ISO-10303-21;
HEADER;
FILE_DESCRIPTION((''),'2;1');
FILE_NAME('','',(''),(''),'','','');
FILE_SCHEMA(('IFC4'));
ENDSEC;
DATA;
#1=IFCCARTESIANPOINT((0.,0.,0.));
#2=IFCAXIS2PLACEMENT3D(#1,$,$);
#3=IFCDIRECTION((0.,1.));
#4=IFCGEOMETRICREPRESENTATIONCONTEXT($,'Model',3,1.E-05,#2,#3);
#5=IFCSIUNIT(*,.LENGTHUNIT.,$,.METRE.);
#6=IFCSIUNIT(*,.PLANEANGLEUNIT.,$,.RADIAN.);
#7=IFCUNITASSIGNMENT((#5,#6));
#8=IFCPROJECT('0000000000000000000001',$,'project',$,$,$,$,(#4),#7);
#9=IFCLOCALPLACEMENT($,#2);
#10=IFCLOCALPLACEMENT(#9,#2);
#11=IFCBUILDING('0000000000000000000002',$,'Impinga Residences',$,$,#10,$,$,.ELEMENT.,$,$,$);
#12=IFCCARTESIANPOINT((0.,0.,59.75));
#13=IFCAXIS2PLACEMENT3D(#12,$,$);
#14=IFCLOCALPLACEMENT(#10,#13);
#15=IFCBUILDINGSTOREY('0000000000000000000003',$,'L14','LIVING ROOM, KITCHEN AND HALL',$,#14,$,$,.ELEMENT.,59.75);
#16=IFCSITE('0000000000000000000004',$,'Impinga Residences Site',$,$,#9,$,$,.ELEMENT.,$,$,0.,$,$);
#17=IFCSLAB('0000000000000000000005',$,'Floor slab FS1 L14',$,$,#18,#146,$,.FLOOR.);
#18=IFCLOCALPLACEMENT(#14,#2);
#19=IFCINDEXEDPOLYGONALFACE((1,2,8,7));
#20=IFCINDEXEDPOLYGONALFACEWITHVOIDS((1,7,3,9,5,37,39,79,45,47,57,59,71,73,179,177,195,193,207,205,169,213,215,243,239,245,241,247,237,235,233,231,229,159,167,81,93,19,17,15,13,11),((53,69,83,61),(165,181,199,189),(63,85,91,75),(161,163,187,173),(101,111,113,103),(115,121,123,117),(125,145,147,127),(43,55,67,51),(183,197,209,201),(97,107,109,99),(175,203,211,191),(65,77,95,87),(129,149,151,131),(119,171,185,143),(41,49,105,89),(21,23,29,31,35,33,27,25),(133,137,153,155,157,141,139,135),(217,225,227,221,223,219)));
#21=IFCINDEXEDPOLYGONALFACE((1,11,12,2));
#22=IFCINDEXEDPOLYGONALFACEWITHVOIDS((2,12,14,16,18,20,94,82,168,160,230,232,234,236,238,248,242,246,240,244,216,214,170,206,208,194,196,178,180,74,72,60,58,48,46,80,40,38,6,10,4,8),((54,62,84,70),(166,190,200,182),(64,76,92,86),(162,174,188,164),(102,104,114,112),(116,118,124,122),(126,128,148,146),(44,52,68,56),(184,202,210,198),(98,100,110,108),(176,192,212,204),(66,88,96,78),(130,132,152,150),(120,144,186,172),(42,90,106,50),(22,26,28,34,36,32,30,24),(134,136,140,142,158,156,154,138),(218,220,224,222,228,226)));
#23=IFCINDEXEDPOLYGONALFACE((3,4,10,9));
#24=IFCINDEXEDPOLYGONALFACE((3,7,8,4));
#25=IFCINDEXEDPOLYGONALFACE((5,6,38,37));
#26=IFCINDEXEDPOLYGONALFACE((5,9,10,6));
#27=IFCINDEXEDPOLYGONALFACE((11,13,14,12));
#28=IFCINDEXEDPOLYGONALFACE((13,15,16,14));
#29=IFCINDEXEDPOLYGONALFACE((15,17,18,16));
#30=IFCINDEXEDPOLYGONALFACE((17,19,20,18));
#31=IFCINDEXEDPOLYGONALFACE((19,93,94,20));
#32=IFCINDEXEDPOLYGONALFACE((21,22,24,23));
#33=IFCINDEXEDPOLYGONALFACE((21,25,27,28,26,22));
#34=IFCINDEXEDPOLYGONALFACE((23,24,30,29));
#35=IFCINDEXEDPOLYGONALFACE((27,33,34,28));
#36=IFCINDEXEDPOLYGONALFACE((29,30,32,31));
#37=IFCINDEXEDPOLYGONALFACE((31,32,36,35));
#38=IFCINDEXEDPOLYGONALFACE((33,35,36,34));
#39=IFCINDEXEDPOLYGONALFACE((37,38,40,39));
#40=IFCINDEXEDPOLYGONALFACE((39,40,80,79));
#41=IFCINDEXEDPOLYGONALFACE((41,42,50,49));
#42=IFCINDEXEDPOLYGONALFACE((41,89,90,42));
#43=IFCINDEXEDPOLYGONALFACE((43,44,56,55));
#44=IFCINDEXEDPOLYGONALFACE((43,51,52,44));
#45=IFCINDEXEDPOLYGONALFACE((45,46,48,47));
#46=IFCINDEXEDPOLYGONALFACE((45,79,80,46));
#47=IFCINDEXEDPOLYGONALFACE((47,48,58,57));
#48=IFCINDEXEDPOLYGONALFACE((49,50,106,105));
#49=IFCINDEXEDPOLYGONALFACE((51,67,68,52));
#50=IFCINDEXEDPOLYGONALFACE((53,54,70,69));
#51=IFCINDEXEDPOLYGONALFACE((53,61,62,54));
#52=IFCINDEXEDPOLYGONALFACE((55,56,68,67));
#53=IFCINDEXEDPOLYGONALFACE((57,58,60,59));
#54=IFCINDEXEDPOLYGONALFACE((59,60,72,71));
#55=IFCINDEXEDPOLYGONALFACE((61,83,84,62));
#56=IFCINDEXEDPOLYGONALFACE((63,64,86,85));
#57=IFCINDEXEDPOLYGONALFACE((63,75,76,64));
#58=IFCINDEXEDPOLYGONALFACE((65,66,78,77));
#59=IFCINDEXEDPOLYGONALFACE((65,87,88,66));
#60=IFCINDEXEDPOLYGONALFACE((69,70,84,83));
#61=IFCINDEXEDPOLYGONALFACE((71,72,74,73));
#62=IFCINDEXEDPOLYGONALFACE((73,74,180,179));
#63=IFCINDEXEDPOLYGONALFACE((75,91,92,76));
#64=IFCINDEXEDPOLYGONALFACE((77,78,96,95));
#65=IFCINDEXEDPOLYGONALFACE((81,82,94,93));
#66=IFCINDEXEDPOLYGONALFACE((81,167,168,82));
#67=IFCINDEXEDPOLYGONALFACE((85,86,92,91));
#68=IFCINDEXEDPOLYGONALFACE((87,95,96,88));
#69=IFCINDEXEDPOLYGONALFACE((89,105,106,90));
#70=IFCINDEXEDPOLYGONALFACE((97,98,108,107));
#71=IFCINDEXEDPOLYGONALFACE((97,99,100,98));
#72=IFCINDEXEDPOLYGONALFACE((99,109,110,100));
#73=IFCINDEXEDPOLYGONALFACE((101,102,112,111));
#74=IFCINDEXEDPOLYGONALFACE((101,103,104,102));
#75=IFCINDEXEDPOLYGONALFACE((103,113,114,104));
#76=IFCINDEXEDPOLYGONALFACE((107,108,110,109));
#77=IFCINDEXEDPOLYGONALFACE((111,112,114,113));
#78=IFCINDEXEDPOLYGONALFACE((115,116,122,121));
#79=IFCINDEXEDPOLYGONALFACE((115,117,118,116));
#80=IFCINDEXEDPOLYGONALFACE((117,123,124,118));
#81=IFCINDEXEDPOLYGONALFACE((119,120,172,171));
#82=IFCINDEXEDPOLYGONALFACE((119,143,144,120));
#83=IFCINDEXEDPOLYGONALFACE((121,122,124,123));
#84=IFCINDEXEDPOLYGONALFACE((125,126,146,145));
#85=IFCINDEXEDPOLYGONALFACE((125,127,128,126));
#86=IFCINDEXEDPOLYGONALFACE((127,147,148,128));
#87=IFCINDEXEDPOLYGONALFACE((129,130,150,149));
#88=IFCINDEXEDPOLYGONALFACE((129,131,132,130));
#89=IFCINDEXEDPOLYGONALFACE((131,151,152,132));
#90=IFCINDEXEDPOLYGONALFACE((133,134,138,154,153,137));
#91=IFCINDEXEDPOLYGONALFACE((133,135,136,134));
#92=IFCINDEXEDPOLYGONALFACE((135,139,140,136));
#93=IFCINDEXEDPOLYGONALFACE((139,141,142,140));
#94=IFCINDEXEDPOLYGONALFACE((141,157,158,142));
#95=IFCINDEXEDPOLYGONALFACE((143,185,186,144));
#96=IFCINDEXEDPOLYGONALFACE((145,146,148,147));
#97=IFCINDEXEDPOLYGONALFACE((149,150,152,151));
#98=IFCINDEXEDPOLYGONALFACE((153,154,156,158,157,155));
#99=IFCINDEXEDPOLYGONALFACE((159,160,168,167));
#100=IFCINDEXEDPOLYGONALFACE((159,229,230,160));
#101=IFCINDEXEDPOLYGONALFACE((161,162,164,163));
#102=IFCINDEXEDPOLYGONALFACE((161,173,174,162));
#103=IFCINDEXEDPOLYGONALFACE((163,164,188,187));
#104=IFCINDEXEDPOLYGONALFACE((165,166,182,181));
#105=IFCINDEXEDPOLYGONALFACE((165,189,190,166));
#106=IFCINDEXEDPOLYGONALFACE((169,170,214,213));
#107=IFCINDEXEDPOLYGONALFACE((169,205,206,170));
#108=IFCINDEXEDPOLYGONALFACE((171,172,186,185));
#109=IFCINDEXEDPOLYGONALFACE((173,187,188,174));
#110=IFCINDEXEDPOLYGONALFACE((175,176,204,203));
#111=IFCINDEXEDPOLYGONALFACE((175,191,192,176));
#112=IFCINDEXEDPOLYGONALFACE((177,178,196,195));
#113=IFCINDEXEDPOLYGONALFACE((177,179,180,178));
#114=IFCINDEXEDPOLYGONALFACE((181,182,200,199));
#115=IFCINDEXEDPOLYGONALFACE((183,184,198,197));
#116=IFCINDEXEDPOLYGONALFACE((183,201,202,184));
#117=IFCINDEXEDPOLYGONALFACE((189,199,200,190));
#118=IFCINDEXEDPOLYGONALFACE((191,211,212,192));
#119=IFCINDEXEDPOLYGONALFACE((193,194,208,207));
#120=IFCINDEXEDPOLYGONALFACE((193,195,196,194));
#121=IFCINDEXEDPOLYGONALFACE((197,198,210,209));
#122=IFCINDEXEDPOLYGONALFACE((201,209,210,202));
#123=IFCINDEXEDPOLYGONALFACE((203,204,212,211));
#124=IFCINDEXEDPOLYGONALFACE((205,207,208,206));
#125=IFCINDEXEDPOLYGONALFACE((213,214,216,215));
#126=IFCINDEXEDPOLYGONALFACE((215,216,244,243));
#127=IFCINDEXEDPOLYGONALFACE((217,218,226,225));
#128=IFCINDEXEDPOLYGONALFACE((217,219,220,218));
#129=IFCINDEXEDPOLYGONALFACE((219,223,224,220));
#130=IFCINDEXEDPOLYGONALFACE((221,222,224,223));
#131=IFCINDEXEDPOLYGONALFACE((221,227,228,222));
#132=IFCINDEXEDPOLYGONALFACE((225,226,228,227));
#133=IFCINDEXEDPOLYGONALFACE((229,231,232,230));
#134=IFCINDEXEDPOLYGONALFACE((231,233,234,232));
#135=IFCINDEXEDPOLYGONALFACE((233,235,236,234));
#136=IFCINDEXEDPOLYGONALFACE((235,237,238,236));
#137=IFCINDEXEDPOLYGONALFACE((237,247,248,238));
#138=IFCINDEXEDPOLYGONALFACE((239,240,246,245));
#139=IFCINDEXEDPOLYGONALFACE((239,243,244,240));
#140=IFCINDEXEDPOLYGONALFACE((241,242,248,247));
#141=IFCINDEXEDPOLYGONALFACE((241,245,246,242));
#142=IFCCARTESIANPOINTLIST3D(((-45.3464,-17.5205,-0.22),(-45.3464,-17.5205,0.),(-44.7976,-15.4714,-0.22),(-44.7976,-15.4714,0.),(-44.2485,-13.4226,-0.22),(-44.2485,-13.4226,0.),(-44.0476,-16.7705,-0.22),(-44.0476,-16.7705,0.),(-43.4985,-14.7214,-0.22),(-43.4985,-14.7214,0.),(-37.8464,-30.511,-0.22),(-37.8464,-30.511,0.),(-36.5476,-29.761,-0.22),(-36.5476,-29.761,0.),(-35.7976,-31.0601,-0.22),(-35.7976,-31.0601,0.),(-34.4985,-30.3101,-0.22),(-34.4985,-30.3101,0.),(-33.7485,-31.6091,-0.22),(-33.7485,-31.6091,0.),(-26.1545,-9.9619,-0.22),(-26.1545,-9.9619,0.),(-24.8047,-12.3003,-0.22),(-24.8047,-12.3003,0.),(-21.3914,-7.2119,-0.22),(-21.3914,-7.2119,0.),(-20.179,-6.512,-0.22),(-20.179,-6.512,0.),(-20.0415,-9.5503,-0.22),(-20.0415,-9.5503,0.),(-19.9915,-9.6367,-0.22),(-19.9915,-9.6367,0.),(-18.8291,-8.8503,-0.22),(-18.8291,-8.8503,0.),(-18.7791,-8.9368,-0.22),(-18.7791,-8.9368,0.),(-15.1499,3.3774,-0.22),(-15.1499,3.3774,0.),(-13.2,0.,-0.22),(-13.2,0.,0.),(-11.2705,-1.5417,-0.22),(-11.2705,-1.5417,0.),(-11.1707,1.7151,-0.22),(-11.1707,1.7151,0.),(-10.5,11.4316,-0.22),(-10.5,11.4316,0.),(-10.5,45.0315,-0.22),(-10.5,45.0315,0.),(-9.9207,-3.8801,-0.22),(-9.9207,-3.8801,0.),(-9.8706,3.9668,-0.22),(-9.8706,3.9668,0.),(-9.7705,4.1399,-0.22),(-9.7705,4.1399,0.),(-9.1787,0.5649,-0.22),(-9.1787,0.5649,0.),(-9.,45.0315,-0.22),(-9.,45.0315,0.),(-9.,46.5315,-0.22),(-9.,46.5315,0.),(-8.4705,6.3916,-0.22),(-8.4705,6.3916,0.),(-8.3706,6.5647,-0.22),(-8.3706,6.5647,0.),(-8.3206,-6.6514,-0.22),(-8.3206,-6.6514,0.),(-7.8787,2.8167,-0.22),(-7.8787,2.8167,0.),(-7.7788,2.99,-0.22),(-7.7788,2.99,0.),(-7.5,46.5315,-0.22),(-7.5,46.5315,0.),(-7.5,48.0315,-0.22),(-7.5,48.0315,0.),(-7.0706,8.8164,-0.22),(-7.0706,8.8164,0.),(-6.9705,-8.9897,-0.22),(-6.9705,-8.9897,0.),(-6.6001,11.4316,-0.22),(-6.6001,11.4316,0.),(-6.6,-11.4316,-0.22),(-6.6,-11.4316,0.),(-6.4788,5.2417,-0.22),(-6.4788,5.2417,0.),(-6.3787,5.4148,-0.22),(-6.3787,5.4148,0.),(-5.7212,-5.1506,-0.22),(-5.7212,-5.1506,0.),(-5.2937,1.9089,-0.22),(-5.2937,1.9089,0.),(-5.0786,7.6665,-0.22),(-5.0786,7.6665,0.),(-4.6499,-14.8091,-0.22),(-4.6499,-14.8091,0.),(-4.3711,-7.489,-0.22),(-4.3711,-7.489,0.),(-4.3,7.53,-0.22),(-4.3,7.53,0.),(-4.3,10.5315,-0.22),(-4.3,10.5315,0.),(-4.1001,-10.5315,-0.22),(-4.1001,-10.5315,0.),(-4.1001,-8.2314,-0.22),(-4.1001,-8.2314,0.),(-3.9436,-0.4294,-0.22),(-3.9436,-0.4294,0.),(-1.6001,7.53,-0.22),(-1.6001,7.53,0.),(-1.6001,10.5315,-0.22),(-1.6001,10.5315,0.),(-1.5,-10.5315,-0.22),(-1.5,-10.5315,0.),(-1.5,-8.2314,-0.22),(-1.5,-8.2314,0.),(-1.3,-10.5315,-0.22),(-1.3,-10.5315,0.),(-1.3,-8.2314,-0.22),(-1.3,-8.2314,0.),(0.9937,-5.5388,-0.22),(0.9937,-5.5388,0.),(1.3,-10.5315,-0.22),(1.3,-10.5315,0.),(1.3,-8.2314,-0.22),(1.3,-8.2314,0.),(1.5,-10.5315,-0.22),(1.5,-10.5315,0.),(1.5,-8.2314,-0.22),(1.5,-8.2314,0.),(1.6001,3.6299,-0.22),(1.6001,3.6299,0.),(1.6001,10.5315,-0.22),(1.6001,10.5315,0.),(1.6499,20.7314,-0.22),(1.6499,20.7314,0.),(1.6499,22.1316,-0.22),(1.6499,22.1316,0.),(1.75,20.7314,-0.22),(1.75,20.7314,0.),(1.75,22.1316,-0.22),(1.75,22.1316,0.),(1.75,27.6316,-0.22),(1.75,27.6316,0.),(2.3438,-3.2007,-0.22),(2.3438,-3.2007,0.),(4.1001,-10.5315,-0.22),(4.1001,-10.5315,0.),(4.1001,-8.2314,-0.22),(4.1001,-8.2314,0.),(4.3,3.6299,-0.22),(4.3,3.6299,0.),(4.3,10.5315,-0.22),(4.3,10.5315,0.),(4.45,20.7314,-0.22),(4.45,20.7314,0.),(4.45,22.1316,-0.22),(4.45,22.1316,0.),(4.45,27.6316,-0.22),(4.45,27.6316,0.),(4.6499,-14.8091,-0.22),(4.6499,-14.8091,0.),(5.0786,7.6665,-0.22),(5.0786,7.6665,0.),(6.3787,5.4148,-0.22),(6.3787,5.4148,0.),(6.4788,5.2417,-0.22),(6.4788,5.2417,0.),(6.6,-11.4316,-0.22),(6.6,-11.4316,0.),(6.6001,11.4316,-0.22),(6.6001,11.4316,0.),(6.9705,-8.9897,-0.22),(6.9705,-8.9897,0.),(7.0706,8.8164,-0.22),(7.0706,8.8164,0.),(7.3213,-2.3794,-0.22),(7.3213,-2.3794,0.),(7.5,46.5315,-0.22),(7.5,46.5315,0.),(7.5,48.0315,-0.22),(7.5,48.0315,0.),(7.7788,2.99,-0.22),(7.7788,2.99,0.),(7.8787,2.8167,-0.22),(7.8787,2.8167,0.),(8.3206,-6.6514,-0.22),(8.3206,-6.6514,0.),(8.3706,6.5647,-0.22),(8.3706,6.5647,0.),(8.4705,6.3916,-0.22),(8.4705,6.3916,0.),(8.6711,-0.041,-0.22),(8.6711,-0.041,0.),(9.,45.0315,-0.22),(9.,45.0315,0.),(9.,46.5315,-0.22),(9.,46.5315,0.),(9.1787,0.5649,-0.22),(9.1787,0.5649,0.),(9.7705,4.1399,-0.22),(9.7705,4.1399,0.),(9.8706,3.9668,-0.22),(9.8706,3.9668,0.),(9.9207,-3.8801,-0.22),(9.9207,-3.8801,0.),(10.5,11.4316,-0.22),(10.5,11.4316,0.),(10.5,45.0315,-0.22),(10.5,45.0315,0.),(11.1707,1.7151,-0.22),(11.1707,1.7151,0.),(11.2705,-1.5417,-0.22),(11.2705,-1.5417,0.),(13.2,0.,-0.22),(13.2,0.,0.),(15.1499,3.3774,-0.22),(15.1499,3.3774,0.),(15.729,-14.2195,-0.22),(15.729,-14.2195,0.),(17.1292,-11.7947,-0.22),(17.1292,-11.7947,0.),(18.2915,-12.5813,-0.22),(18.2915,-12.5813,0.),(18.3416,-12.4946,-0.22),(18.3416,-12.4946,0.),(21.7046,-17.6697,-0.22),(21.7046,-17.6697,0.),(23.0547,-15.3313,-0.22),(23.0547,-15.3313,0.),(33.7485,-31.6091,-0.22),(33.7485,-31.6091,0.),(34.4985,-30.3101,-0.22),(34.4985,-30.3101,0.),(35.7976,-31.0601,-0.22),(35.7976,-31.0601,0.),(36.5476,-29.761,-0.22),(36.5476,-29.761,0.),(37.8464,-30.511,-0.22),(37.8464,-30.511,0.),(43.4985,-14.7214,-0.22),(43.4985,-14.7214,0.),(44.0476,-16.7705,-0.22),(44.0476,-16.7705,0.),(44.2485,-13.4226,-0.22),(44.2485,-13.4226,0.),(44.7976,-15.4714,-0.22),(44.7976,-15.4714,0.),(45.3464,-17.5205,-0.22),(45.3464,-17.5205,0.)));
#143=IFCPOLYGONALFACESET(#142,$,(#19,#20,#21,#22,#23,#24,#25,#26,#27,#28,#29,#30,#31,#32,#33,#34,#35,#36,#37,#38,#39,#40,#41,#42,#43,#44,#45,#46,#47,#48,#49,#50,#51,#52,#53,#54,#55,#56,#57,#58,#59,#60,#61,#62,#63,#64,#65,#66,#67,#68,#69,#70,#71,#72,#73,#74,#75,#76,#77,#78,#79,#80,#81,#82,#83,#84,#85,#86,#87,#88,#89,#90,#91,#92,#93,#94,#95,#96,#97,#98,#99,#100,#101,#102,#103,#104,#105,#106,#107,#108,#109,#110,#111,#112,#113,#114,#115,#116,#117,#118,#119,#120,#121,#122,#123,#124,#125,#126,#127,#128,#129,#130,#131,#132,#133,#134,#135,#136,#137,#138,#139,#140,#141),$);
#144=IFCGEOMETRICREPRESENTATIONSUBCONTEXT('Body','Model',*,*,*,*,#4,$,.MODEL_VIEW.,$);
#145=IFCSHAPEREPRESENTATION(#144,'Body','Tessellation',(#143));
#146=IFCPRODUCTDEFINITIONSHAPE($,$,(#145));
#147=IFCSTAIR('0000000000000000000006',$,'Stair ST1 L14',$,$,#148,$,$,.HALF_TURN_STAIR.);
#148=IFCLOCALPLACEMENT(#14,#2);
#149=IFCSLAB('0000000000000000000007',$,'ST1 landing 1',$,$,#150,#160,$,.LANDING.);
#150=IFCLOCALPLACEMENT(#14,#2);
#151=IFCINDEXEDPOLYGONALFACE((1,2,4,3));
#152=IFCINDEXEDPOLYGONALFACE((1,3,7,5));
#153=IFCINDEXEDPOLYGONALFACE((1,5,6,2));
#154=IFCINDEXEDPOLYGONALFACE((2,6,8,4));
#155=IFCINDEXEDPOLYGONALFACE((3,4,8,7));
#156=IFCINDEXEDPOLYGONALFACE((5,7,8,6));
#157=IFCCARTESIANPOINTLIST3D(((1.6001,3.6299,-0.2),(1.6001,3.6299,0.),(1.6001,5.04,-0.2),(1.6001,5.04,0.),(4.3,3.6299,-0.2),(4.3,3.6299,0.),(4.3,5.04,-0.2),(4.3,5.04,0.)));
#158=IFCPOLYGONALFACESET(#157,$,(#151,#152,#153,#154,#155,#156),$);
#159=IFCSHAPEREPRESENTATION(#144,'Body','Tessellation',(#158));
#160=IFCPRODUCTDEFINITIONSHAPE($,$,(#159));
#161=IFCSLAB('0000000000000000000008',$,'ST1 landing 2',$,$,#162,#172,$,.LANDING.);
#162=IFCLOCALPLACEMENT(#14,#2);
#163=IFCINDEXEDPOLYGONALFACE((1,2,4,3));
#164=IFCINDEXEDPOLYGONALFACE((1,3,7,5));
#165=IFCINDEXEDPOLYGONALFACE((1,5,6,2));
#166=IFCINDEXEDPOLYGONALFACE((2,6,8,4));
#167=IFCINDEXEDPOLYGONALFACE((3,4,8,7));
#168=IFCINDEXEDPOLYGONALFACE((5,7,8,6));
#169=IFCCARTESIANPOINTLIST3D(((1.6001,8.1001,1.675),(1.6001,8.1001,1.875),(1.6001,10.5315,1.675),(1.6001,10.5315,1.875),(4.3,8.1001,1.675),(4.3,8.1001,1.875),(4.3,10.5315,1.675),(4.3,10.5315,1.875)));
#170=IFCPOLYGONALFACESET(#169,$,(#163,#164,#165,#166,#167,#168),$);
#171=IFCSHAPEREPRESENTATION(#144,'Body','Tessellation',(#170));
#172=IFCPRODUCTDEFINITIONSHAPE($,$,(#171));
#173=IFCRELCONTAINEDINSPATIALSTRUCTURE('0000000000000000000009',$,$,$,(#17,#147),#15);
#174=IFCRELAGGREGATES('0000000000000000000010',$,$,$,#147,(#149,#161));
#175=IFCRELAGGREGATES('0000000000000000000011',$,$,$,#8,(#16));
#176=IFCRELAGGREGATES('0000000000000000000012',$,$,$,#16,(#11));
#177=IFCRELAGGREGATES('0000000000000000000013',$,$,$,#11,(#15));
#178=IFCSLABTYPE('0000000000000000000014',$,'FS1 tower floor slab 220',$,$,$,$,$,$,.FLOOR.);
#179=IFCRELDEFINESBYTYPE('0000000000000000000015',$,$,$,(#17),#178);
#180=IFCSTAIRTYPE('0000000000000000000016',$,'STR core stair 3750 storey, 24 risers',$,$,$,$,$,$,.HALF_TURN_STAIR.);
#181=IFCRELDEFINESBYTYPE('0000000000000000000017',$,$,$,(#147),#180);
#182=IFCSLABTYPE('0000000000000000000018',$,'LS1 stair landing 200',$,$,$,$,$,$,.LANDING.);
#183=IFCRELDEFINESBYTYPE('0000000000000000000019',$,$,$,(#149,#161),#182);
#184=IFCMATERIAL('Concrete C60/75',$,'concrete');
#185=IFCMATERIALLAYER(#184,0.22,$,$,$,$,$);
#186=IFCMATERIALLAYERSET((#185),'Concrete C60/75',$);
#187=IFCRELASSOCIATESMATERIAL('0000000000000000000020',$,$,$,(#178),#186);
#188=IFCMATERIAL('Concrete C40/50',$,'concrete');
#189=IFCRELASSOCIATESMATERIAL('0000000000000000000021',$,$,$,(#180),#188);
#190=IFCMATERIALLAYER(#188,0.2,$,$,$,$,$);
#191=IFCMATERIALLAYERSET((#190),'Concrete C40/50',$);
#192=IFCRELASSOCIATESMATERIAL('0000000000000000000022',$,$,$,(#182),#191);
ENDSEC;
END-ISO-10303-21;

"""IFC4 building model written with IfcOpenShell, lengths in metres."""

from ifc_helpers import new_model, si_unit, direction, frame, origin, place, context, subcontext, project, spatial, polyline, outline, extrude, material, layer, layer_set, type_object, element, aggregate, save


model = new_model("IFC4")

# Units and contexts
model_context = context("Model", 3, precision=1e-05, world=origin(), true_north=direction((0.0, 1.0)))
body_context = subcontext(model_context, "Body", "Model", "MODEL_VIEW")
ifc_project = project(units=[si_unit("LENGTHUNIT", "METRE"), si_unit("PLANEANGLEUNIT", "RADIAN")], contexts=[model_context])

# Site, building, storey
site_placement = place(None, origin())
site = spatial("IfcSite", under=ifc_project, at=site_placement, Name="Impinga Residences Site", CompositionType="ELEMENT", RefElevation=0.0)
building_placement = place(site_placement, origin())
building = spatial("IfcBuilding", under=site, at=building_placement, Name="Impinga Residences", CompositionType="ELEMENT")
storey_placement = place(building_placement, frame((0.0, 0.0, 59.75)))
storey = spatial("IfcBuildingStorey", under=building, at=storey_placement, Name="L14", Description="LIVING ROOM, KITCHEN AND HALL", CompositionType="ELEMENT", Elevation=59.75)

# Slab
ifc_material_1 = material(Name="Concrete C60/75", Category="concrete")
ifc_layer_1 = layer(ifc_material_1, 0.22)
ifc_layer_set_1 = layer_set([ifc_layer_1], Name="Concrete C60/75")
slab_type_1 = type_object("IfcSlabType", Name="FS1 tower floor slab 220", PredefinedType="FLOOR", material=ifc_layer_set_1)
slab_1_placement = place(storey_placement, frame((0.0, 0.0, -0.22)))
element("IfcSlab", 1, at=slab_1_placement, inside=storey, type_object=slab_type_1, Name="Floor slab FS1 L14", PredefinedType="FLOOR", context=body_context, shape_type="SweptSolid", body=[
    extrude(outline(polyline([(-34.4985, -30.3101), (-35.7976, -31.0601), (-36.5476, -29.761), (-37.8464, -30.511), (-45.3464, -17.5205), (-44.0476, -16.7705), (-44.7976, -15.4714), (-43.4985, -14.7214), (-44.2485, -13.4226), (-15.1499, 3.3774), (-13.2, 0.0), (-6.6001, 11.4316), (-10.5, 11.4316), (-10.5, 45.0315), (-9.0, 45.0315), (-9.0, 46.5315), (-7.5, 46.5315), (-7.5, 48.0315), (7.5, 48.0315), (7.5, 46.5315), (9.0, 46.5315), (9.0, 45.0315), (10.5, 45.0315), (10.5, 11.4316), (6.6001, 11.4316), (13.2, 0.0), (15.1499, 3.3774), (44.2485, -13.4226), (43.4985, -14.7214), (44.7976, -15.4714), (44.0476, -16.7705), (45.3464, -17.5205), (37.8464, -30.511), (36.5476, -29.761), (35.7976, -31.0601), (34.4985, -30.3101), (33.7485, -31.6091), (4.6499, -14.8091), (9.9001, -5.7158), (6.6001, -11.4316), (-6.6001, -11.4316), (-9.9001, -5.7158), (-4.6499, -14.8091), (-33.7485, -31.6091), (-34.4985, -30.3101)]), holes=[polyline([(-21.3914, -7.2119), (-26.1545, -9.9619), (-24.8047, -12.3003), (-20.0415, -9.5503), (-19.9915, -9.6367), (-18.7791, -8.9368), (-18.8291, -8.8503), (-18.8291, -8.8503), (-20.179, -6.512), (-21.3914, -7.2119), (-21.3914, -7.2119)]), polyline([(-1.5, -8.2314), (-4.1001, -8.2314), (-4.1001, -10.5315), (-1.5, -10.5315), (-1.5, -8.2314)]), polyline([(1.3, -8.2314), (-1.3, -8.2314), (-1.3, -10.5315), (1.3, -10.5315), (1.3, -8.2314)]), polyline([(1.5, -8.2314), (1.5, -10.5315), (4.1001, -10.5315), (4.1001, -8.2314), (1.5, -8.2314)]), polyline([(-5.7212, -5.1506), (-8.3206, -6.6514), (-6.9705, -8.9897), (-4.3711, -7.489), (-5.7212, -5.1506)]), polyline([(-3.9436, -0.4294), (-5.2937, 1.9089), (-11.2705, -1.5417), (-9.9207, -3.8801), (-3.9436, -0.4294)]), polyline([(-9.1787, 0.5649), (-7.8787, 2.8167), (-9.8706, 3.9668), (-11.1707, 1.7151), (-9.1787, 0.5649)]), polyline([(-6.4788, 5.2417), (-8.4705, 6.3916), (-9.7705, 4.1399), (-7.7788, 2.99), (-6.4788, 5.2417)]), polyline([(-6.3787, 5.4148), (-5.0786, 7.6665), (-7.0706, 8.8164), (-8.3706, 6.5647), (-6.3787, 5.4148)]), polyline([(-4.3, 7.53), (-1.6001, 7.53), (-1.6001, 10.5315), (-4.3, 10.5315), (-4.3, 7.53)]), polyline([(15.729, -14.2195), (21.7046, -17.6697), (23.0547, -15.3313), (18.2915, -12.5813), (18.3416, -12.4946), (17.1292, -11.7947), (15.729, -14.2195)]), polyline([(0.9937, -5.5388), (6.9705, -8.9897), (8.3206, -6.6514), (2.3438, -3.2007), (0.9937, -5.5388)]), polyline([(8.6711, -0.041), (7.3213, -2.3794), (9.9207, -3.8801), (11.2705, -1.5417), (8.6711, -0.041)]), polyline([(7.8787, 2.8167), (9.1787, 0.5649), (11.1707, 1.7151), (9.8706, 3.9668), (7.8787, 2.8167)]), polyline([(7.7788, 2.99), (9.7705, 4.1399), (8.4705, 6.3916), (6.4788, 5.2417), (7.7788, 2.99)]), polyline([(1.6001, 3.6299), (4.3, 3.6299), (4.3, 10.5315), (1.6001, 10.5315), (1.6001, 3.6299)]), polyline([(5.0786, 7.6665), (6.3787, 5.4148), (8.3706, 6.5647), (7.0706, 8.8164), (5.0786, 7.6665)]), polyline([(1.75, 22.1316), (1.6499, 22.1316), (1.6499, 20.7314), (1.75, 20.7314), (4.45, 20.7314), (4.45, 22.1316), (4.45, 27.6316), (1.75, 27.6316), (1.75, 22.1316)])]), origin(), (0.0, 0.0, 1.0), 0.22),
])

# Stair, slabs
ifc_material_2 = material(Name="Concrete C40/50", Category="concrete")
stair_type = type_object("IfcStairType", Name="STR core stair 3750 storey, 24 risers", PredefinedType="HALF_TURN_STAIR", material=ifc_material_2)
stair_1_placement = place(storey_placement, origin())
stair_1 = element("IfcStair", 2, at=stair_1_placement, inside=storey, type_object=stair_type, Name="Stair ST1 L14", PredefinedType="HALF_TURN_STAIR")
ifc_layer_2 = layer(ifc_material_2, 0.2)
ifc_layer_set_2 = layer_set([ifc_layer_2], Name="Concrete C40/50")
slab_type_2 = type_object("IfcSlabType", Name="LS1 stair landing 200", PredefinedType="LANDING", material=ifc_layer_set_2)
slab_2_placement = place(storey_placement, frame((0.0, 0.0, -0.2)))
slab_2 = element("IfcSlab", 3, at=slab_2_placement, type_object=slab_type_2, Name="ST1 landing 1", PredefinedType="LANDING", context=body_context, shape_type="SweptSolid", body=[
    extrude(outline(polyline([(1.6001, 3.6299), (4.3, 3.6299), (4.3, 5.04), (1.6001, 5.04), (1.6001, 3.6299)])), origin(), (0.0, 0.0, 1.0), 0.2),
])
slab_3_placement = place(storey_placement, frame((0.0, 0.0, 1.675)))
slab_3 = element("IfcSlab", 4, at=slab_3_placement, type_object=slab_type_2, Name="ST1 landing 2", PredefinedType="LANDING", context=body_context, shape_type="SweptSolid", body=[
    extrude(outline(polyline([(1.6001, 8.1001), (4.3, 8.1001), (4.3, 10.5315), (1.6001, 10.5315), (1.6001, 8.1001)])), origin(), (0.0, 0.0, 1.0), 0.2),
])
aggregate(stair_1, [slab_2, slab_3])

save(model, "model.ifc")
